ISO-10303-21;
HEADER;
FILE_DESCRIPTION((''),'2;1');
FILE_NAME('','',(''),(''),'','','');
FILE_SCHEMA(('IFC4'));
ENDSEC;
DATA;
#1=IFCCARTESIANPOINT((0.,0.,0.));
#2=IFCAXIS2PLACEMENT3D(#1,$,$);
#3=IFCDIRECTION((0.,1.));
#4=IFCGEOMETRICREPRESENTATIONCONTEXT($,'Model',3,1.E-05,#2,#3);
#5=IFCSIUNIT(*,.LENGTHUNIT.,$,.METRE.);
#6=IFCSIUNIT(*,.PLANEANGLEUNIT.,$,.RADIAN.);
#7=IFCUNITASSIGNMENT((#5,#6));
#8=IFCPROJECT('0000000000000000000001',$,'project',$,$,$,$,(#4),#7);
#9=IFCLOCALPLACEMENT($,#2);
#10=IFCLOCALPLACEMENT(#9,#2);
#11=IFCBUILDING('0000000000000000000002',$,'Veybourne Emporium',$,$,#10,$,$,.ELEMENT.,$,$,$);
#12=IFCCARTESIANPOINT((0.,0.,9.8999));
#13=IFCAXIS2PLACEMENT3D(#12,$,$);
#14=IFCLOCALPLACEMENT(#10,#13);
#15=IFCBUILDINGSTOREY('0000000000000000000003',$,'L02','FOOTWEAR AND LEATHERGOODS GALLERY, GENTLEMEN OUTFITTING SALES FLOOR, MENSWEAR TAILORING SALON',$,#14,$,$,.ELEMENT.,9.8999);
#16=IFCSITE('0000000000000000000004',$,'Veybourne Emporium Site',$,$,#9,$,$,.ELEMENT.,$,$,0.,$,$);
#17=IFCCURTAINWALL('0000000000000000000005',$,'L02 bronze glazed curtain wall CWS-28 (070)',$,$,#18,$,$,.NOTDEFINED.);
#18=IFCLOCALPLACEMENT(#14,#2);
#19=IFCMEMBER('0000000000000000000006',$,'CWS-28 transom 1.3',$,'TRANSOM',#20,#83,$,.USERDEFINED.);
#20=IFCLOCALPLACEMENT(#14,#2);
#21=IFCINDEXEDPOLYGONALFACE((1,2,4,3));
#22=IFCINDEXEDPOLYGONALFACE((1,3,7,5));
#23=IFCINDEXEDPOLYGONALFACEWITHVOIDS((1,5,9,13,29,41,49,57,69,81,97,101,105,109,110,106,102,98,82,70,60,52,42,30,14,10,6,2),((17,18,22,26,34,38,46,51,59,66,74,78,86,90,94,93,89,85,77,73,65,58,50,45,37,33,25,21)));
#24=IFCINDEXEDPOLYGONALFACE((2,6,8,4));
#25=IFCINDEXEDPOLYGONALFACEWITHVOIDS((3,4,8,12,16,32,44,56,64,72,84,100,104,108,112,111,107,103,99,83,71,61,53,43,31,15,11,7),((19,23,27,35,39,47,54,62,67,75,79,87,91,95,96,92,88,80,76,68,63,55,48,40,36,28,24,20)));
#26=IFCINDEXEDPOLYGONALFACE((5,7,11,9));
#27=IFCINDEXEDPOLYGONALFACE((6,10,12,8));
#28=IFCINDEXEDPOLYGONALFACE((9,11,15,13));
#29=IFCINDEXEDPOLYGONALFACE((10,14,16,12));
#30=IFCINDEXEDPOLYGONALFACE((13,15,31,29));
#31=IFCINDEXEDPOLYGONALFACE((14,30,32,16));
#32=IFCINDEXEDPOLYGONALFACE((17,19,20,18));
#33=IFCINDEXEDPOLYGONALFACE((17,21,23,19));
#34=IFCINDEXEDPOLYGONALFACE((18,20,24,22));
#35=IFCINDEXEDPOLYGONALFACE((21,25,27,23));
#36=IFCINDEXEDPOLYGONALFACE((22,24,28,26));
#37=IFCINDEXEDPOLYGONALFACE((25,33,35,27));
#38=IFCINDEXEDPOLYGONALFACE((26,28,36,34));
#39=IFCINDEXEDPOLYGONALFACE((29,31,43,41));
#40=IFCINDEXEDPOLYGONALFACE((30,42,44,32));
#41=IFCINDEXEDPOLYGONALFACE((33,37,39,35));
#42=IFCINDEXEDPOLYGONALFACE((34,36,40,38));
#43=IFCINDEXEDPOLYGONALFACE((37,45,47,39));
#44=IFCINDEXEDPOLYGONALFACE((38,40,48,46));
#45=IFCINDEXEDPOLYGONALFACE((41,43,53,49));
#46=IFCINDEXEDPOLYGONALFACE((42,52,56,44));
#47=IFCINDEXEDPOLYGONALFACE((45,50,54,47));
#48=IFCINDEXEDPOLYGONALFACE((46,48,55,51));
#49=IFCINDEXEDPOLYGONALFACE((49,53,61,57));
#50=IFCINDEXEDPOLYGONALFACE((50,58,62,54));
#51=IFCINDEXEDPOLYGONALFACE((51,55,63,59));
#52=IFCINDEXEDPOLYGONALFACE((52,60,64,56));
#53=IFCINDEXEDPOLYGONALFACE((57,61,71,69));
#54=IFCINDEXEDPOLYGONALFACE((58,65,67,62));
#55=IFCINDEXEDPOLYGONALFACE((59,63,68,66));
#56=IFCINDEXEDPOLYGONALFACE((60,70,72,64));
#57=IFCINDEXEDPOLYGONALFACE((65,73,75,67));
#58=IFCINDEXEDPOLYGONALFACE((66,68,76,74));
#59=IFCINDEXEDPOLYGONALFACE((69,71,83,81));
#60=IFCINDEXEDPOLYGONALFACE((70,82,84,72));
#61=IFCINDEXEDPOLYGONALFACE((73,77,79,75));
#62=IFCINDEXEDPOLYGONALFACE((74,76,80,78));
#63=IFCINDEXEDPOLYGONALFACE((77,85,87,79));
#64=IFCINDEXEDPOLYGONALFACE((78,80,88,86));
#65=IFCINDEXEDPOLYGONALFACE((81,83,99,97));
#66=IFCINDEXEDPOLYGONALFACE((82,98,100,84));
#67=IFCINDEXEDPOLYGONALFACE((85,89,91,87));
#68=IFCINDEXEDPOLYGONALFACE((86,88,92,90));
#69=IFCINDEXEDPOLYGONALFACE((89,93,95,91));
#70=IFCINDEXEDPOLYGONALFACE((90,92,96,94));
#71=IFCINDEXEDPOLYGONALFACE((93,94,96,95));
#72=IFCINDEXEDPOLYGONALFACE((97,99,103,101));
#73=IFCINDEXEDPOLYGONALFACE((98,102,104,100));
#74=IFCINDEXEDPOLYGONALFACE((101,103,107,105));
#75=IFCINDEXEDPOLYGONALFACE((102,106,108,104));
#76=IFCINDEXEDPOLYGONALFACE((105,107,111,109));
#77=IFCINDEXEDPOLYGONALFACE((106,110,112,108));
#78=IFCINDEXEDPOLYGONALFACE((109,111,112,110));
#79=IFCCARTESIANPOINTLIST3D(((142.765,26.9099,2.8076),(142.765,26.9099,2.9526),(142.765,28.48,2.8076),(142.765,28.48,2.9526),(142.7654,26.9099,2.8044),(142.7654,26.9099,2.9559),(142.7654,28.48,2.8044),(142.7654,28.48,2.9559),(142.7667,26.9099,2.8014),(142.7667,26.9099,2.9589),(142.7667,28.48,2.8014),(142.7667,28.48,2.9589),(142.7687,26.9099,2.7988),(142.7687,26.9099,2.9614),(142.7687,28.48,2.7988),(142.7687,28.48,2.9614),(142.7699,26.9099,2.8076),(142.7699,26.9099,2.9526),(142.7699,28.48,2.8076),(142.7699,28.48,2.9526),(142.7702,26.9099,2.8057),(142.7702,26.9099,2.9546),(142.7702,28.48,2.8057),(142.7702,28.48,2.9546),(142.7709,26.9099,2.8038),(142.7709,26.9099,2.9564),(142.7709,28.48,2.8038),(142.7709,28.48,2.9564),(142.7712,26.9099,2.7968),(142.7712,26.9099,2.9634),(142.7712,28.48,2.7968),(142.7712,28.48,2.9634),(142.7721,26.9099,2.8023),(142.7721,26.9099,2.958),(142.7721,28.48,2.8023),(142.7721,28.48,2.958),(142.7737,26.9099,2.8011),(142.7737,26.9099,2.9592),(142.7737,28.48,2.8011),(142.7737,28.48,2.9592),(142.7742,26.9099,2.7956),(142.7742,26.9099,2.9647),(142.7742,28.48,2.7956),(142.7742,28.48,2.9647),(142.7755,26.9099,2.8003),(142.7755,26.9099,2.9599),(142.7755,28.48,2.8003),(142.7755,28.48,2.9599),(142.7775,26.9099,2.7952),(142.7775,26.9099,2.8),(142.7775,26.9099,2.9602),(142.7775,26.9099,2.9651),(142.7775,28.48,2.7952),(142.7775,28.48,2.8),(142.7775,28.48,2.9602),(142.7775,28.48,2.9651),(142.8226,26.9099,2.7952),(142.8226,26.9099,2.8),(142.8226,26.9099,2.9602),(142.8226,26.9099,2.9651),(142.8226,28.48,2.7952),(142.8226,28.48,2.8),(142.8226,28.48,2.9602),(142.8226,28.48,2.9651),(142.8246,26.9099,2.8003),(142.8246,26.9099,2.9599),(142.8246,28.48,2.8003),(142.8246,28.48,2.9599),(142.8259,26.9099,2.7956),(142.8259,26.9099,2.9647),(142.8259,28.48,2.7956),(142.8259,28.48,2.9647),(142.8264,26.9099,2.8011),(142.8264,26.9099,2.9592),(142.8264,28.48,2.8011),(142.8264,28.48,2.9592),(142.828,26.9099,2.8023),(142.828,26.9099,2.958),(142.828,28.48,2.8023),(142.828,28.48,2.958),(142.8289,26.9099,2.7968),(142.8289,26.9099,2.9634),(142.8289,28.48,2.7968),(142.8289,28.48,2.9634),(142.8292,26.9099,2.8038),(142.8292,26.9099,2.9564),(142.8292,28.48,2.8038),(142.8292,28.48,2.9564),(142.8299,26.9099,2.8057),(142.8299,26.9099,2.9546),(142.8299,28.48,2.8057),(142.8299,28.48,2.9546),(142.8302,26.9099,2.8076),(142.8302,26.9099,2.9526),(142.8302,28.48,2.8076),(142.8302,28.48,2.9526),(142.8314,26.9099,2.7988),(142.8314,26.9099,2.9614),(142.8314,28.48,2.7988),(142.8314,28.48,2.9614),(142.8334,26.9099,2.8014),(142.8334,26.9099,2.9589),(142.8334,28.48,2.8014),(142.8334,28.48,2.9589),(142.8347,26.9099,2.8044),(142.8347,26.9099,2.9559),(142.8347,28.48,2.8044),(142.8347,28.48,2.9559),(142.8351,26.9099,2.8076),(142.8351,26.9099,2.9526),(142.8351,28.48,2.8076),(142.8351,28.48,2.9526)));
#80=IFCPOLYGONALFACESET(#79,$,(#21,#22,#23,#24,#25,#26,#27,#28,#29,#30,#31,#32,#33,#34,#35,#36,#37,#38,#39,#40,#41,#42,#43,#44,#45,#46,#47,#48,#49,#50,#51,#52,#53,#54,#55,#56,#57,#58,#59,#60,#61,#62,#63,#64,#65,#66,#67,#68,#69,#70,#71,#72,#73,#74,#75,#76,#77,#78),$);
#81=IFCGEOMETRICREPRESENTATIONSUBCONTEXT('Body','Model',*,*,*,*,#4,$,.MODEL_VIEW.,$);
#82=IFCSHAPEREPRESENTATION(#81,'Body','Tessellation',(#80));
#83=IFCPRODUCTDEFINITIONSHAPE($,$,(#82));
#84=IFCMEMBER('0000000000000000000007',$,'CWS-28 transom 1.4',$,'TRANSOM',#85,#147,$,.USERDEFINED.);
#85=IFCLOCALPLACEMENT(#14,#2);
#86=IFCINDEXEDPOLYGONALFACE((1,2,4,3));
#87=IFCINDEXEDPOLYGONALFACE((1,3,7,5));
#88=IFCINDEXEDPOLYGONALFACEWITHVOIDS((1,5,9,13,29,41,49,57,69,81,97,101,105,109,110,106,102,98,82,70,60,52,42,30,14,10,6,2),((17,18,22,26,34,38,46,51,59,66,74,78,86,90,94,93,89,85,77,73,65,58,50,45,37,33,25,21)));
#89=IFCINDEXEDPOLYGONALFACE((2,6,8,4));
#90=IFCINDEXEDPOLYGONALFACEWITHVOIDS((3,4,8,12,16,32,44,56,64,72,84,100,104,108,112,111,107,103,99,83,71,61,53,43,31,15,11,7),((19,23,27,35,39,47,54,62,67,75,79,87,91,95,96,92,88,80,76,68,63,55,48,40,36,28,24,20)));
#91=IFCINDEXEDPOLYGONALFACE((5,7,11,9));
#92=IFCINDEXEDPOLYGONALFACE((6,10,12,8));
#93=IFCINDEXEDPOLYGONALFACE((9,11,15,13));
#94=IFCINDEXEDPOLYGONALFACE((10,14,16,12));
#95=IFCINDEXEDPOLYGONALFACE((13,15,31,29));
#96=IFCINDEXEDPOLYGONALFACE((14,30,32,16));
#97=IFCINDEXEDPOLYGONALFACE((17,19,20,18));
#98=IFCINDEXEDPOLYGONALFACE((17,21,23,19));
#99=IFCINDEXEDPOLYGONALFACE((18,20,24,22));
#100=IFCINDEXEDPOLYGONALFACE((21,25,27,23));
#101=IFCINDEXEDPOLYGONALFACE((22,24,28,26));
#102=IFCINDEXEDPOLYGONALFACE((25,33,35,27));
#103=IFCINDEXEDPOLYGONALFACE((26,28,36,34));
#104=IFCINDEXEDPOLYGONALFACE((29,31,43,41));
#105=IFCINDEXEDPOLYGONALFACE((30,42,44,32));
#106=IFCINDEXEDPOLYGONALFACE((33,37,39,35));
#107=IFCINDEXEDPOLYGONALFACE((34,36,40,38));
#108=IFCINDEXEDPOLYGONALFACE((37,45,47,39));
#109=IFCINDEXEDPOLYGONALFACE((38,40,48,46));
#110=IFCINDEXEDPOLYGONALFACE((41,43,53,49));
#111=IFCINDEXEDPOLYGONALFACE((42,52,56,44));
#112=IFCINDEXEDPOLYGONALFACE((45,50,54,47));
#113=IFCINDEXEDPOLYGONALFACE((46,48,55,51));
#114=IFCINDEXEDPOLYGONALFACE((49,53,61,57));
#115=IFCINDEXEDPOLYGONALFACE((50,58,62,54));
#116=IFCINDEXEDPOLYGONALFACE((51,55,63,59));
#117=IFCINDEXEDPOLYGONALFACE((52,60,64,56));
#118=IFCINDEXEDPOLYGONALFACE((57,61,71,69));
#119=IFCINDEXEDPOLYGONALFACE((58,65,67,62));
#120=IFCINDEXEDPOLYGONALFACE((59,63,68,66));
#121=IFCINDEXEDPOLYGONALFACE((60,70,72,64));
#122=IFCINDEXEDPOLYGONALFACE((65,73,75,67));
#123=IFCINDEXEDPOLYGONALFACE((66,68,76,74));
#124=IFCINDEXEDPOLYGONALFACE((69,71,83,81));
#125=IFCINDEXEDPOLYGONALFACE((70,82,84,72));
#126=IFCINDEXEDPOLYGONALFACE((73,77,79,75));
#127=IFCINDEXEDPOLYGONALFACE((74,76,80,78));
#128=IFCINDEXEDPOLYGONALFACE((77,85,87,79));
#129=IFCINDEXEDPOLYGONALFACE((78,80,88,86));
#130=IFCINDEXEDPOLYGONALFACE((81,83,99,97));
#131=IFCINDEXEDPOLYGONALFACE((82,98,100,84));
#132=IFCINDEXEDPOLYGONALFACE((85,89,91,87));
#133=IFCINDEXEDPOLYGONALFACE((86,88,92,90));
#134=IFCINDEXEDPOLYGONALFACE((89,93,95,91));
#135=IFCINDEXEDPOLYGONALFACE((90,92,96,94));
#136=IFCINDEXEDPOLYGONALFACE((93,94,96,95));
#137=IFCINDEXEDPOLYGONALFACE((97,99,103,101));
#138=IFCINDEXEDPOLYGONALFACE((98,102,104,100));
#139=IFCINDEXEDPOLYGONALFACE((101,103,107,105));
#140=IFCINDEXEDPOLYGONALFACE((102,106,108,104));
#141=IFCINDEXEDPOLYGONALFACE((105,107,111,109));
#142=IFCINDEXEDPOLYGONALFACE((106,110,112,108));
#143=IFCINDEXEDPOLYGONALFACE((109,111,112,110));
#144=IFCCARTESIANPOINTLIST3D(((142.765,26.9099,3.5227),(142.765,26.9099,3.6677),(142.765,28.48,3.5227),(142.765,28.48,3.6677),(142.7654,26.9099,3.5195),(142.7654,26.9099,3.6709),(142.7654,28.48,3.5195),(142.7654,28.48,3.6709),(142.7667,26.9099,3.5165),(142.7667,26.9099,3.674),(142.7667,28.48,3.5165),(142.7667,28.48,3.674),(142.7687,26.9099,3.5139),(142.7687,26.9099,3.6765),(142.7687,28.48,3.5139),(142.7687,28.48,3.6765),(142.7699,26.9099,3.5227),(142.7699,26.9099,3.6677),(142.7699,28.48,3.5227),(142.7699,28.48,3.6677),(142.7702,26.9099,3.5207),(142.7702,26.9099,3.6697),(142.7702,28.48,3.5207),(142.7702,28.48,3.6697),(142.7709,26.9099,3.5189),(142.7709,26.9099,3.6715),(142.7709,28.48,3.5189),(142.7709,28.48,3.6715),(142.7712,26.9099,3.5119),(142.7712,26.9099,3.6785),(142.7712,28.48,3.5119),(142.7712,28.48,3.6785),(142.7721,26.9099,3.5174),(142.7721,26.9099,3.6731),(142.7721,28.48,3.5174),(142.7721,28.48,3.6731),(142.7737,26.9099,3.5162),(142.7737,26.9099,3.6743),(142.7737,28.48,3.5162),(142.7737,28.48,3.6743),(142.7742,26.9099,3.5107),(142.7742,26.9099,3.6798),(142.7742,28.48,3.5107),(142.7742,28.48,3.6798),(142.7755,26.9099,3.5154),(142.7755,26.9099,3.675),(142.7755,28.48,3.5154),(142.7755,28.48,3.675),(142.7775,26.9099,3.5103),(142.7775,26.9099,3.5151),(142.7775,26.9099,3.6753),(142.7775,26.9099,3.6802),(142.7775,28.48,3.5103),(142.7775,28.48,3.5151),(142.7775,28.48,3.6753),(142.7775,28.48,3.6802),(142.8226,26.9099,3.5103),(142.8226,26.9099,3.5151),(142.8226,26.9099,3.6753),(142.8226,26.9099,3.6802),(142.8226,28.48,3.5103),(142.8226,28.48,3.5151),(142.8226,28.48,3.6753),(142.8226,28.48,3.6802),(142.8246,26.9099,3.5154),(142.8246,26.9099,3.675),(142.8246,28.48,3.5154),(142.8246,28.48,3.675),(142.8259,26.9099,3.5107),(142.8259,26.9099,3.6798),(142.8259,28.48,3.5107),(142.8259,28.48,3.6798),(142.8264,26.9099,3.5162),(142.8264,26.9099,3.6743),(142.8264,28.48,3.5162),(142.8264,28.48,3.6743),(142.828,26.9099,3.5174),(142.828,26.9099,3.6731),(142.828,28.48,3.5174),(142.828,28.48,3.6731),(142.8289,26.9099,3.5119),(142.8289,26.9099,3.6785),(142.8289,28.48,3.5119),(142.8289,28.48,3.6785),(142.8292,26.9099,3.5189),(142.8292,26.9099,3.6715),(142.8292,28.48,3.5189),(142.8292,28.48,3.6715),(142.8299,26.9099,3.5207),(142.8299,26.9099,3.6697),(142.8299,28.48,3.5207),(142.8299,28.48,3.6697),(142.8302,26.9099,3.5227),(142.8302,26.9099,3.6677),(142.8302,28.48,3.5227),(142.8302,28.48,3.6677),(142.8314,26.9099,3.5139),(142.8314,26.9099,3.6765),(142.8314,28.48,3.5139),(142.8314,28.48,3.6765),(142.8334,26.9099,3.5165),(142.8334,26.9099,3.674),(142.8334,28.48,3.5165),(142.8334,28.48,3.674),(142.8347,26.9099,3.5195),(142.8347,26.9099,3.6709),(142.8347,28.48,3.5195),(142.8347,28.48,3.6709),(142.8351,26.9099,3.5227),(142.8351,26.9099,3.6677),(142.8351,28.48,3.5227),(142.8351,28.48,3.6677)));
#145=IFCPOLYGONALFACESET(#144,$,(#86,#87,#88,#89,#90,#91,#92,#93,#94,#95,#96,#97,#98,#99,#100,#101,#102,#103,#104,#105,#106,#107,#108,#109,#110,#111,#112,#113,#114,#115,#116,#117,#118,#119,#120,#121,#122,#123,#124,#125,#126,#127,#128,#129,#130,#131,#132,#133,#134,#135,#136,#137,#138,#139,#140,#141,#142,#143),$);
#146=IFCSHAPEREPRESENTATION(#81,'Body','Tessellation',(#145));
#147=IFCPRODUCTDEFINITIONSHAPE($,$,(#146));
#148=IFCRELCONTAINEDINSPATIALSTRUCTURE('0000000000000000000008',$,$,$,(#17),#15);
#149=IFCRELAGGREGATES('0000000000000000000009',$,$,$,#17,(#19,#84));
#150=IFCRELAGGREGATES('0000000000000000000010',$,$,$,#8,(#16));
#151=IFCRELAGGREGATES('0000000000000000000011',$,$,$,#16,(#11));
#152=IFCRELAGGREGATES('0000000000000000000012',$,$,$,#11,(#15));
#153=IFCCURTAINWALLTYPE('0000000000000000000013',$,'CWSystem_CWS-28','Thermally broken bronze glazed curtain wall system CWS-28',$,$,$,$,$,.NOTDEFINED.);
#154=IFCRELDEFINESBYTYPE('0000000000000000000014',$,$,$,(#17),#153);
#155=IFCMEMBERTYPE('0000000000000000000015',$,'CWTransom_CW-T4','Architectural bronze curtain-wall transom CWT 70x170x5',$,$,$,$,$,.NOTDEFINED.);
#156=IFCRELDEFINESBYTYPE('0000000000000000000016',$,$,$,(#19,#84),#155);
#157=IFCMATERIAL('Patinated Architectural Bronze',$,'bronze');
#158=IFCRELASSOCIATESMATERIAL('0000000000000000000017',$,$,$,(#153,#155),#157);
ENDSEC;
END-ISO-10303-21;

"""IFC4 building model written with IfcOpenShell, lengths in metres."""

from ifc_helpers import new_model, si_unit, direction, frame, origin, origin_2d, place, context, subcontext, project, spatial, hollow_rectangle, extrude, material, material_profile, profile_set, type_object, element, aggregate, save


model = new_model("IFC4")

# Units and contexts
model_context = context("Model", 3, precision=1e-05, world=origin(), true_north=direction((0.0, 1.0)))
body_context = subcontext(model_context, "Body", "Model", "MODEL_VIEW")
ifc_project = project(units=[si_unit("LENGTHUNIT", "METRE"), si_unit("PLANEANGLEUNIT", "RADIAN")], contexts=[model_context])

# Site, building, storey
site_placement = place(None, origin())
site = spatial("IfcSite", under=ifc_project, at=site_placement, Name="Veybourne Emporium Site", CompositionType="ELEMENT", RefElevation=0.0)
building_placement = place(site_placement, origin())
building = spatial("IfcBuilding", under=site, at=building_placement, Name="Veybourne Emporium", CompositionType="ELEMENT")
storey_placement = place(building_placement, frame((0.0, 0.0, 9.8999)))
storey = spatial("IfcBuildingStorey", under=building, at=storey_placement, Name="L02", Description="FOOTWEAR AND LEATHERGOODS GALLERY, GENTLEMEN OUTFITTING SALES FLOOR, MENSWEAR TAILORING SALON", CompositionType="ELEMENT", Elevation=9.8999)

# Curtain wall, members
ifc_material_1 = material(Name="Patinated Architectural Bronze", Category="bronze")
curtain_wall_type = type_object("IfcCurtainWallType", Name="CWSystem_CWS-28", Description="Thermally broken bronze glazed curtain wall system CWS-28", PredefinedType="NOTDEFINED", material=ifc_material_1)
curtain_wall_placement = place(storey_placement, origin())
curtain_wall = element("IfcCurtainWall", 1, at=curtain_wall_placement, inside=storey, type_object=curtain_wall_type, Name="L02 bronze glazed curtain wall CWS-28 (070)", PredefinedType="NOTDEFINED")
ifc_material_profile_1 = material_profile(ifc_material_1, hollow_rectangle(XDim=0.0701, YDim=0.1699, WallThickness=0.0049, InnerFilletRadius=0.0076, OuterFilletRadius=0.0125, at=origin_2d()), Name="CWT 70x170x5")
ifc_profile_set_1 = profile_set([ifc_material_profile_1], Name="Patinated Architectural Bronze")
member_type_1 = type_object("IfcMemberType", Name="CWTransom_CW-T4", Description="Architectural bronze curtain-wall transom CWT 70x170x5", PredefinedType="NOTDEFINED", material=ifc_profile_set_1)
member_1_placement = place(storey_placement, frame((142.8, 28.48, 2.8801), z_axis=(0.0, -1.0, 0.0), x_axis=(1.0, 0.0, 0.0)))
member_1 = element("IfcMember", 2, at=member_1_placement, type_object=member_type_1, Name="CWS-28 transom 1.3", ObjectType="TRANSOM", PredefinedType="USERDEFINED", context=body_context, shape_type="SweptSolid", body=[
    extrude(hollow_rectangle(XDim=0.0701, YDim=0.1699, WallThickness=0.0049, InnerFilletRadius=0.0076, OuterFilletRadius=0.0125, at=origin_2d()), origin(), (0.0, 0.0, 1.0), 1.5701),
])
member_2_placement = place(storey_placement, frame((142.8, 28.48, 3.5952), z_axis=(0.0, -1.0, 0.0), x_axis=(1.0, 0.0, 0.0)))
member_2 = element("IfcMember", 3, at=member_2_placement, type_object=member_type_1, Name="CWS-28 transom 1.4", ObjectType="TRANSOM", PredefinedType="USERDEFINED", context=body_context, shape_type="SweptSolid", body=[
    extrude(hollow_rectangle(XDim=0.0701, YDim=0.1699, WallThickness=0.0049, InnerFilletRadius=0.0076, OuterFilletRadius=0.0125, at=origin_2d()), origin(), (0.0, 0.0, 1.0), 1.5701),
])
aggregate(curtain_wall, [member_1, member_2])

save(model, "model.ifc")
